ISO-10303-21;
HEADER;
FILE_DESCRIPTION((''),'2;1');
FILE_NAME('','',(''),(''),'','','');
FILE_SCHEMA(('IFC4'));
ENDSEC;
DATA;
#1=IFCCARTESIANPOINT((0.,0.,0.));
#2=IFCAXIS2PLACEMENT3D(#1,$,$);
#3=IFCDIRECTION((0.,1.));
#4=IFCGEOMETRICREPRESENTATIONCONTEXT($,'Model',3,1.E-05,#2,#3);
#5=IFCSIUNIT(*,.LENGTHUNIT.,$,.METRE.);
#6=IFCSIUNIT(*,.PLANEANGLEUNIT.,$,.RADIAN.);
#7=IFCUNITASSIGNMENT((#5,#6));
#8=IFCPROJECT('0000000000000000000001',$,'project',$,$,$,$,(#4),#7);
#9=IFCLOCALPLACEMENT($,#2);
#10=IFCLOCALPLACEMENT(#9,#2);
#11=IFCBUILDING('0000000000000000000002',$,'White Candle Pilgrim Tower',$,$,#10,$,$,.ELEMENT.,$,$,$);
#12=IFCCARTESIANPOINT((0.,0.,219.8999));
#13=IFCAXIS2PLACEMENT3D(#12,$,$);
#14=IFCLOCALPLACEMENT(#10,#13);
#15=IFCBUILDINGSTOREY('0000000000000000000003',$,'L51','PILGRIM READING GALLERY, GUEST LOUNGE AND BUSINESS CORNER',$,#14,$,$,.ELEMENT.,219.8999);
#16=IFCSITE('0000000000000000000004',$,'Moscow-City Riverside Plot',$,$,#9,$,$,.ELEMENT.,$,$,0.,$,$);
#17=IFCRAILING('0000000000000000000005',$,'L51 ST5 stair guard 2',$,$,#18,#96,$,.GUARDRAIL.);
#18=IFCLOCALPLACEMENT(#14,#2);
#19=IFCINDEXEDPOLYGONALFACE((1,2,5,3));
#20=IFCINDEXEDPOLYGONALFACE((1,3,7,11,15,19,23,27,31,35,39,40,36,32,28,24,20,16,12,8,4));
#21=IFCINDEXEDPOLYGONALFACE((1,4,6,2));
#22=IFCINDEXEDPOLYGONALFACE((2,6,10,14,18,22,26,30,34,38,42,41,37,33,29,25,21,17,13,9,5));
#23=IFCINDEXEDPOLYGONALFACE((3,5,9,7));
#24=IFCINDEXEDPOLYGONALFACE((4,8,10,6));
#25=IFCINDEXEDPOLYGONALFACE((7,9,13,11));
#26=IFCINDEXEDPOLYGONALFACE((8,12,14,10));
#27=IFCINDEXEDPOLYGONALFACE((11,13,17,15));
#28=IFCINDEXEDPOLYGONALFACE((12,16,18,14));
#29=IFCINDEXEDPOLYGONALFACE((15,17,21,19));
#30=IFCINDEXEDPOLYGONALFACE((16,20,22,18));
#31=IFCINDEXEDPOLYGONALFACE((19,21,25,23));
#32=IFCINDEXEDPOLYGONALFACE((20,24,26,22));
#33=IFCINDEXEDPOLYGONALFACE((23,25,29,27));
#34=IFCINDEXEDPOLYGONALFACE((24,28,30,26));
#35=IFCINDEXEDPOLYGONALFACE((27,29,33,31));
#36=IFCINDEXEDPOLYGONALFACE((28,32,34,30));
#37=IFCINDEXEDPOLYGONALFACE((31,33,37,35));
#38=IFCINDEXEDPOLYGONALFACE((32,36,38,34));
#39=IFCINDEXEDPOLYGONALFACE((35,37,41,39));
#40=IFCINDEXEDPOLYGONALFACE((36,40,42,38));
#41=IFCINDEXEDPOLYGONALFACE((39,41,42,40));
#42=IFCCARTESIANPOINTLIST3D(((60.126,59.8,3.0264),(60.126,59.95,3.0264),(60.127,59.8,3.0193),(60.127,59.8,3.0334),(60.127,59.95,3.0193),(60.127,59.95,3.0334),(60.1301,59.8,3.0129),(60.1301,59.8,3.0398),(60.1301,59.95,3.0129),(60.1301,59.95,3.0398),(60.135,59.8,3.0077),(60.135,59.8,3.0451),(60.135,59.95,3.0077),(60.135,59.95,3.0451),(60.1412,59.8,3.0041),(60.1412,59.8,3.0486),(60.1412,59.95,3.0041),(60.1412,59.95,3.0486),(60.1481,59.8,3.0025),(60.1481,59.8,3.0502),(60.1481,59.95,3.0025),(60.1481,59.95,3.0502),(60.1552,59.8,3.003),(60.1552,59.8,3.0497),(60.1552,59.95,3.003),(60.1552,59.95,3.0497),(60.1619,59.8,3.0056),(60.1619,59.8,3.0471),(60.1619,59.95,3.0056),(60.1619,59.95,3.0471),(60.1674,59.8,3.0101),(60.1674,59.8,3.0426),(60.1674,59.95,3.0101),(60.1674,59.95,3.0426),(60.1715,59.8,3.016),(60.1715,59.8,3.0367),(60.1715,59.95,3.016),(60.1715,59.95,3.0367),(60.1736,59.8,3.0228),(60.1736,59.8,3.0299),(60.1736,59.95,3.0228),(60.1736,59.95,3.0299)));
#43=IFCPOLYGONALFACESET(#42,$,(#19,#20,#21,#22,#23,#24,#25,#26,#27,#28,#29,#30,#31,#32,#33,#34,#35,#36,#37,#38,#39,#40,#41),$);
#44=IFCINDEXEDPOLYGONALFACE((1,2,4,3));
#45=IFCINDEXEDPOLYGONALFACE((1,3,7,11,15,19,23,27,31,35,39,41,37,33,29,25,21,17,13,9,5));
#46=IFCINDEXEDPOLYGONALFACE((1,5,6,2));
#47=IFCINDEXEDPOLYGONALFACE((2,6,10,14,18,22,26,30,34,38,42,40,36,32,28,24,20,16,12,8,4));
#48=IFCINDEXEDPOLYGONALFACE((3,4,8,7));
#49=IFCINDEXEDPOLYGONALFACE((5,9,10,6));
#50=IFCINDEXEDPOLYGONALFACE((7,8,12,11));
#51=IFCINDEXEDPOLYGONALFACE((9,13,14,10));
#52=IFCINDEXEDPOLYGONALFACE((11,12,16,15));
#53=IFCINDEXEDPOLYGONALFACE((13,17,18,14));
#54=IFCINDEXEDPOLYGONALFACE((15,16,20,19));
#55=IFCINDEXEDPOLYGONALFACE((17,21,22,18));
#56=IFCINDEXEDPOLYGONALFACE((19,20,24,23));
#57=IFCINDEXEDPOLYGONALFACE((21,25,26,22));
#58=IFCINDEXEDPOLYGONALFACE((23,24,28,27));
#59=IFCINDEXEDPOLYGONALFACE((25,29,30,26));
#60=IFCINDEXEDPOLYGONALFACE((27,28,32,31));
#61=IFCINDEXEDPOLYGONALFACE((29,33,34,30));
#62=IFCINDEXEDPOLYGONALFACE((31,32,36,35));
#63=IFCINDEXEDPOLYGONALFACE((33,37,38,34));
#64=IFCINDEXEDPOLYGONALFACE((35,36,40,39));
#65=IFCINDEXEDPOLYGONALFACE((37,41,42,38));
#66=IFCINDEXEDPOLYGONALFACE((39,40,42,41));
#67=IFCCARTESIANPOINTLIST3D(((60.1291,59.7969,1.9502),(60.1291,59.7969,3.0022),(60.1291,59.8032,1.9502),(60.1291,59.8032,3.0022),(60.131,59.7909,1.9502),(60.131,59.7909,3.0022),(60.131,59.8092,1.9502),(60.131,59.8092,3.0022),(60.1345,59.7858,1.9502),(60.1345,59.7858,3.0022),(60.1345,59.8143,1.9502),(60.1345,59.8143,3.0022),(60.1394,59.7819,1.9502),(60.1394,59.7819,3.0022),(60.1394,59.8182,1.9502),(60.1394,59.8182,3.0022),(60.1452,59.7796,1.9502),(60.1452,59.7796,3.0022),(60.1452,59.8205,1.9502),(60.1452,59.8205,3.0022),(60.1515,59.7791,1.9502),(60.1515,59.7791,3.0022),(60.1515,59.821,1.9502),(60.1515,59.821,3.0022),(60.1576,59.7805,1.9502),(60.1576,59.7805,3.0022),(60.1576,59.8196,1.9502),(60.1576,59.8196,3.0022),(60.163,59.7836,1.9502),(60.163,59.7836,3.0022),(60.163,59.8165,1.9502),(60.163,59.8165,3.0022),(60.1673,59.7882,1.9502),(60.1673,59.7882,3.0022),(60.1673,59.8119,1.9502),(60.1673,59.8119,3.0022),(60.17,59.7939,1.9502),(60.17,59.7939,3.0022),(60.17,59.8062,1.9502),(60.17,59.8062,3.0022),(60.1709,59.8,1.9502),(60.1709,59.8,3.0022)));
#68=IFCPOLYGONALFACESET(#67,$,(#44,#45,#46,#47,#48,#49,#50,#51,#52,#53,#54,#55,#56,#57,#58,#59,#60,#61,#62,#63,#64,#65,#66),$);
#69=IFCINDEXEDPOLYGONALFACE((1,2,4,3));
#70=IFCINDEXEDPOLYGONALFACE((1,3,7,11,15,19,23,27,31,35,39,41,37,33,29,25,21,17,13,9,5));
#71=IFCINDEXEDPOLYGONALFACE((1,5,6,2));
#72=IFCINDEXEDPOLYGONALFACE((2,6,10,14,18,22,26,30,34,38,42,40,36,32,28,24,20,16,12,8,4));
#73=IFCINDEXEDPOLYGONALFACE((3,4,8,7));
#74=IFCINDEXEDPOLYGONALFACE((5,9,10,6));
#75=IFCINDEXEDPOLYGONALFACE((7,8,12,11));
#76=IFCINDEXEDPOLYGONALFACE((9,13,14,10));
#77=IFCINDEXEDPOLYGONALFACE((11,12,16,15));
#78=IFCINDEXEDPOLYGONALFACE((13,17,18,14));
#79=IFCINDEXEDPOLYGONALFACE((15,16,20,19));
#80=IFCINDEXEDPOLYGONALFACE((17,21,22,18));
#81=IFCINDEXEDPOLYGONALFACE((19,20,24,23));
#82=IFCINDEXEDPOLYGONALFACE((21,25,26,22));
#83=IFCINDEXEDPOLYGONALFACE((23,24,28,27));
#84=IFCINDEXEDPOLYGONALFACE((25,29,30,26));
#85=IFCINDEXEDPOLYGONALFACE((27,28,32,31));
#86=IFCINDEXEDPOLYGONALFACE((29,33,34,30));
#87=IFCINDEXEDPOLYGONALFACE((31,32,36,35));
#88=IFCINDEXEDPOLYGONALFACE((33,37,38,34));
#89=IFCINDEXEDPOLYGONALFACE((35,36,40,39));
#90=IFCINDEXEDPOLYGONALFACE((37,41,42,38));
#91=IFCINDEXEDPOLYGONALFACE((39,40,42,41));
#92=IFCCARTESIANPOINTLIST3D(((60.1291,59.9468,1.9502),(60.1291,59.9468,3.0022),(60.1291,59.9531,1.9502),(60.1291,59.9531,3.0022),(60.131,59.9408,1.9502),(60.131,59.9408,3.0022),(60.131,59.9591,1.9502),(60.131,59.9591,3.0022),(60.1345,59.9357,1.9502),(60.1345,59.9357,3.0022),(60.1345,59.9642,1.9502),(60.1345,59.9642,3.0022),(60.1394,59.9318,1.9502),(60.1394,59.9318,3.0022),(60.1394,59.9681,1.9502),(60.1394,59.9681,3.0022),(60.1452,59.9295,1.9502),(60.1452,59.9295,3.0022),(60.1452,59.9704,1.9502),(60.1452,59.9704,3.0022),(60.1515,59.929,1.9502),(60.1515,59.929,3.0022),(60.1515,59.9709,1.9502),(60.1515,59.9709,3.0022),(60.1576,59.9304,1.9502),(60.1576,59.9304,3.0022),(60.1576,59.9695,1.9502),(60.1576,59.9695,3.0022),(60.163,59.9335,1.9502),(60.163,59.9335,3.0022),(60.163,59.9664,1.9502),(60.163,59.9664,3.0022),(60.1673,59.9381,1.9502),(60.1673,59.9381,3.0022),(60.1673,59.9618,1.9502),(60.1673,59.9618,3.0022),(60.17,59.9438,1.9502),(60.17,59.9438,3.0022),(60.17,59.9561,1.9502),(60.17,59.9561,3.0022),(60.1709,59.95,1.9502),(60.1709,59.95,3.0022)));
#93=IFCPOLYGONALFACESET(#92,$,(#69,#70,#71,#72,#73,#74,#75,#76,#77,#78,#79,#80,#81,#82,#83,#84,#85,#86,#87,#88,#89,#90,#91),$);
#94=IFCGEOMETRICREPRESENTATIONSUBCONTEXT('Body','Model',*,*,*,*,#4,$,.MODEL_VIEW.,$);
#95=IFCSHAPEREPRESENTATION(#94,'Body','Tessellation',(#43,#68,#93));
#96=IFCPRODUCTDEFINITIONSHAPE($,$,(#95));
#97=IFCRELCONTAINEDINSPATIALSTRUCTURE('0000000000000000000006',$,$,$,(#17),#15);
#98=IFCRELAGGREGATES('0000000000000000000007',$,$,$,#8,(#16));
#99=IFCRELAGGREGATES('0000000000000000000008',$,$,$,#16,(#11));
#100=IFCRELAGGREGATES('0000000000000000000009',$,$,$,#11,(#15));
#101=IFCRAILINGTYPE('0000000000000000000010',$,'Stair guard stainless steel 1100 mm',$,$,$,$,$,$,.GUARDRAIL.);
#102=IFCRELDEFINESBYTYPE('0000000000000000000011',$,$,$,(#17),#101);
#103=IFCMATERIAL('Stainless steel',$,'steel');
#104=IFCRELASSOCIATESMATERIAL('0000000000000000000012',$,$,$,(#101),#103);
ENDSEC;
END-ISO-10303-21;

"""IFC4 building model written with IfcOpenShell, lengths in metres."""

from ifc_helpers import new_model, si_unit, direction, frame, origin, origin_2d, place, context, subcontext, project, spatial, circle, extrude, material, type_object, element, save


model = new_model("IFC4")

# Units and contexts
model_context = context("Model", 3, precision=1e-05, world=origin(), true_north=direction((0.0, 1.0)))
body_context = subcontext(model_context, "Body", "Model", "MODEL_VIEW")
ifc_project = project(units=[si_unit("LENGTHUNIT", "METRE"), si_unit("PLANEANGLEUNIT", "RADIAN")], contexts=[model_context])

# Site, building, storey
site_placement = place(None, origin())
site = spatial("IfcSite", under=ifc_project, at=site_placement, Name="Moscow-City Riverside Plot", CompositionType="ELEMENT", RefElevation=0.0)
building_placement = place(site_placement, origin())
building = spatial("IfcBuilding", under=site, at=building_placement, Name="White Candle Pilgrim Tower", CompositionType="ELEMENT")
storey_placement = place(building_placement, frame((0.0, 0.0, 219.8999)))
storey = spatial("IfcBuildingStorey", under=building, at=storey_placement, Name="L51", Description="PILGRIM READING GALLERY, GUEST LOUNGE AND BUSINESS CORNER", CompositionType="ELEMENT", Elevation=219.8999)

# Railing
ifc_material_1 = material(Name="Stainless steel", Category="steel")
railing_type_1 = type_object("IfcRailingType", Name="Stair guard stainless steel 1100 mm", PredefinedType="GUARDRAIL", material=ifc_material_1)
railing_1_placement = place(storey_placement, frame((60.1499, 59.8, 1.9502)))
element("IfcRailing", 1, at=railing_1_placement, inside=storey, type_object=railing_type_1, Name="L51 ST5 stair guard 2", PredefinedType="GUARDRAIL", context=body_context, shape_type="SweptSolid", body=[
    extrude(circle(Radius=0.0239, at=origin_2d()), frame((0.0, 0.0, 1.0762), z_axis=(0.0, 1.0, 0.0), x_axis=(-1.0, 0.0, 0.0)), (0.0, 0.0, 1.0), 0.1499),
    extrude(circle(Radius=0.021, at=origin_2d()), origin(), (0.0, 0.0, 1.0), 1.052),
    extrude(circle(Radius=0.021, at=origin_2d()), frame((0.0, 0.1499, 0.0)), (0.0, 0.0, 1.0), 1.052),
])

save(model, "model.ifc")
